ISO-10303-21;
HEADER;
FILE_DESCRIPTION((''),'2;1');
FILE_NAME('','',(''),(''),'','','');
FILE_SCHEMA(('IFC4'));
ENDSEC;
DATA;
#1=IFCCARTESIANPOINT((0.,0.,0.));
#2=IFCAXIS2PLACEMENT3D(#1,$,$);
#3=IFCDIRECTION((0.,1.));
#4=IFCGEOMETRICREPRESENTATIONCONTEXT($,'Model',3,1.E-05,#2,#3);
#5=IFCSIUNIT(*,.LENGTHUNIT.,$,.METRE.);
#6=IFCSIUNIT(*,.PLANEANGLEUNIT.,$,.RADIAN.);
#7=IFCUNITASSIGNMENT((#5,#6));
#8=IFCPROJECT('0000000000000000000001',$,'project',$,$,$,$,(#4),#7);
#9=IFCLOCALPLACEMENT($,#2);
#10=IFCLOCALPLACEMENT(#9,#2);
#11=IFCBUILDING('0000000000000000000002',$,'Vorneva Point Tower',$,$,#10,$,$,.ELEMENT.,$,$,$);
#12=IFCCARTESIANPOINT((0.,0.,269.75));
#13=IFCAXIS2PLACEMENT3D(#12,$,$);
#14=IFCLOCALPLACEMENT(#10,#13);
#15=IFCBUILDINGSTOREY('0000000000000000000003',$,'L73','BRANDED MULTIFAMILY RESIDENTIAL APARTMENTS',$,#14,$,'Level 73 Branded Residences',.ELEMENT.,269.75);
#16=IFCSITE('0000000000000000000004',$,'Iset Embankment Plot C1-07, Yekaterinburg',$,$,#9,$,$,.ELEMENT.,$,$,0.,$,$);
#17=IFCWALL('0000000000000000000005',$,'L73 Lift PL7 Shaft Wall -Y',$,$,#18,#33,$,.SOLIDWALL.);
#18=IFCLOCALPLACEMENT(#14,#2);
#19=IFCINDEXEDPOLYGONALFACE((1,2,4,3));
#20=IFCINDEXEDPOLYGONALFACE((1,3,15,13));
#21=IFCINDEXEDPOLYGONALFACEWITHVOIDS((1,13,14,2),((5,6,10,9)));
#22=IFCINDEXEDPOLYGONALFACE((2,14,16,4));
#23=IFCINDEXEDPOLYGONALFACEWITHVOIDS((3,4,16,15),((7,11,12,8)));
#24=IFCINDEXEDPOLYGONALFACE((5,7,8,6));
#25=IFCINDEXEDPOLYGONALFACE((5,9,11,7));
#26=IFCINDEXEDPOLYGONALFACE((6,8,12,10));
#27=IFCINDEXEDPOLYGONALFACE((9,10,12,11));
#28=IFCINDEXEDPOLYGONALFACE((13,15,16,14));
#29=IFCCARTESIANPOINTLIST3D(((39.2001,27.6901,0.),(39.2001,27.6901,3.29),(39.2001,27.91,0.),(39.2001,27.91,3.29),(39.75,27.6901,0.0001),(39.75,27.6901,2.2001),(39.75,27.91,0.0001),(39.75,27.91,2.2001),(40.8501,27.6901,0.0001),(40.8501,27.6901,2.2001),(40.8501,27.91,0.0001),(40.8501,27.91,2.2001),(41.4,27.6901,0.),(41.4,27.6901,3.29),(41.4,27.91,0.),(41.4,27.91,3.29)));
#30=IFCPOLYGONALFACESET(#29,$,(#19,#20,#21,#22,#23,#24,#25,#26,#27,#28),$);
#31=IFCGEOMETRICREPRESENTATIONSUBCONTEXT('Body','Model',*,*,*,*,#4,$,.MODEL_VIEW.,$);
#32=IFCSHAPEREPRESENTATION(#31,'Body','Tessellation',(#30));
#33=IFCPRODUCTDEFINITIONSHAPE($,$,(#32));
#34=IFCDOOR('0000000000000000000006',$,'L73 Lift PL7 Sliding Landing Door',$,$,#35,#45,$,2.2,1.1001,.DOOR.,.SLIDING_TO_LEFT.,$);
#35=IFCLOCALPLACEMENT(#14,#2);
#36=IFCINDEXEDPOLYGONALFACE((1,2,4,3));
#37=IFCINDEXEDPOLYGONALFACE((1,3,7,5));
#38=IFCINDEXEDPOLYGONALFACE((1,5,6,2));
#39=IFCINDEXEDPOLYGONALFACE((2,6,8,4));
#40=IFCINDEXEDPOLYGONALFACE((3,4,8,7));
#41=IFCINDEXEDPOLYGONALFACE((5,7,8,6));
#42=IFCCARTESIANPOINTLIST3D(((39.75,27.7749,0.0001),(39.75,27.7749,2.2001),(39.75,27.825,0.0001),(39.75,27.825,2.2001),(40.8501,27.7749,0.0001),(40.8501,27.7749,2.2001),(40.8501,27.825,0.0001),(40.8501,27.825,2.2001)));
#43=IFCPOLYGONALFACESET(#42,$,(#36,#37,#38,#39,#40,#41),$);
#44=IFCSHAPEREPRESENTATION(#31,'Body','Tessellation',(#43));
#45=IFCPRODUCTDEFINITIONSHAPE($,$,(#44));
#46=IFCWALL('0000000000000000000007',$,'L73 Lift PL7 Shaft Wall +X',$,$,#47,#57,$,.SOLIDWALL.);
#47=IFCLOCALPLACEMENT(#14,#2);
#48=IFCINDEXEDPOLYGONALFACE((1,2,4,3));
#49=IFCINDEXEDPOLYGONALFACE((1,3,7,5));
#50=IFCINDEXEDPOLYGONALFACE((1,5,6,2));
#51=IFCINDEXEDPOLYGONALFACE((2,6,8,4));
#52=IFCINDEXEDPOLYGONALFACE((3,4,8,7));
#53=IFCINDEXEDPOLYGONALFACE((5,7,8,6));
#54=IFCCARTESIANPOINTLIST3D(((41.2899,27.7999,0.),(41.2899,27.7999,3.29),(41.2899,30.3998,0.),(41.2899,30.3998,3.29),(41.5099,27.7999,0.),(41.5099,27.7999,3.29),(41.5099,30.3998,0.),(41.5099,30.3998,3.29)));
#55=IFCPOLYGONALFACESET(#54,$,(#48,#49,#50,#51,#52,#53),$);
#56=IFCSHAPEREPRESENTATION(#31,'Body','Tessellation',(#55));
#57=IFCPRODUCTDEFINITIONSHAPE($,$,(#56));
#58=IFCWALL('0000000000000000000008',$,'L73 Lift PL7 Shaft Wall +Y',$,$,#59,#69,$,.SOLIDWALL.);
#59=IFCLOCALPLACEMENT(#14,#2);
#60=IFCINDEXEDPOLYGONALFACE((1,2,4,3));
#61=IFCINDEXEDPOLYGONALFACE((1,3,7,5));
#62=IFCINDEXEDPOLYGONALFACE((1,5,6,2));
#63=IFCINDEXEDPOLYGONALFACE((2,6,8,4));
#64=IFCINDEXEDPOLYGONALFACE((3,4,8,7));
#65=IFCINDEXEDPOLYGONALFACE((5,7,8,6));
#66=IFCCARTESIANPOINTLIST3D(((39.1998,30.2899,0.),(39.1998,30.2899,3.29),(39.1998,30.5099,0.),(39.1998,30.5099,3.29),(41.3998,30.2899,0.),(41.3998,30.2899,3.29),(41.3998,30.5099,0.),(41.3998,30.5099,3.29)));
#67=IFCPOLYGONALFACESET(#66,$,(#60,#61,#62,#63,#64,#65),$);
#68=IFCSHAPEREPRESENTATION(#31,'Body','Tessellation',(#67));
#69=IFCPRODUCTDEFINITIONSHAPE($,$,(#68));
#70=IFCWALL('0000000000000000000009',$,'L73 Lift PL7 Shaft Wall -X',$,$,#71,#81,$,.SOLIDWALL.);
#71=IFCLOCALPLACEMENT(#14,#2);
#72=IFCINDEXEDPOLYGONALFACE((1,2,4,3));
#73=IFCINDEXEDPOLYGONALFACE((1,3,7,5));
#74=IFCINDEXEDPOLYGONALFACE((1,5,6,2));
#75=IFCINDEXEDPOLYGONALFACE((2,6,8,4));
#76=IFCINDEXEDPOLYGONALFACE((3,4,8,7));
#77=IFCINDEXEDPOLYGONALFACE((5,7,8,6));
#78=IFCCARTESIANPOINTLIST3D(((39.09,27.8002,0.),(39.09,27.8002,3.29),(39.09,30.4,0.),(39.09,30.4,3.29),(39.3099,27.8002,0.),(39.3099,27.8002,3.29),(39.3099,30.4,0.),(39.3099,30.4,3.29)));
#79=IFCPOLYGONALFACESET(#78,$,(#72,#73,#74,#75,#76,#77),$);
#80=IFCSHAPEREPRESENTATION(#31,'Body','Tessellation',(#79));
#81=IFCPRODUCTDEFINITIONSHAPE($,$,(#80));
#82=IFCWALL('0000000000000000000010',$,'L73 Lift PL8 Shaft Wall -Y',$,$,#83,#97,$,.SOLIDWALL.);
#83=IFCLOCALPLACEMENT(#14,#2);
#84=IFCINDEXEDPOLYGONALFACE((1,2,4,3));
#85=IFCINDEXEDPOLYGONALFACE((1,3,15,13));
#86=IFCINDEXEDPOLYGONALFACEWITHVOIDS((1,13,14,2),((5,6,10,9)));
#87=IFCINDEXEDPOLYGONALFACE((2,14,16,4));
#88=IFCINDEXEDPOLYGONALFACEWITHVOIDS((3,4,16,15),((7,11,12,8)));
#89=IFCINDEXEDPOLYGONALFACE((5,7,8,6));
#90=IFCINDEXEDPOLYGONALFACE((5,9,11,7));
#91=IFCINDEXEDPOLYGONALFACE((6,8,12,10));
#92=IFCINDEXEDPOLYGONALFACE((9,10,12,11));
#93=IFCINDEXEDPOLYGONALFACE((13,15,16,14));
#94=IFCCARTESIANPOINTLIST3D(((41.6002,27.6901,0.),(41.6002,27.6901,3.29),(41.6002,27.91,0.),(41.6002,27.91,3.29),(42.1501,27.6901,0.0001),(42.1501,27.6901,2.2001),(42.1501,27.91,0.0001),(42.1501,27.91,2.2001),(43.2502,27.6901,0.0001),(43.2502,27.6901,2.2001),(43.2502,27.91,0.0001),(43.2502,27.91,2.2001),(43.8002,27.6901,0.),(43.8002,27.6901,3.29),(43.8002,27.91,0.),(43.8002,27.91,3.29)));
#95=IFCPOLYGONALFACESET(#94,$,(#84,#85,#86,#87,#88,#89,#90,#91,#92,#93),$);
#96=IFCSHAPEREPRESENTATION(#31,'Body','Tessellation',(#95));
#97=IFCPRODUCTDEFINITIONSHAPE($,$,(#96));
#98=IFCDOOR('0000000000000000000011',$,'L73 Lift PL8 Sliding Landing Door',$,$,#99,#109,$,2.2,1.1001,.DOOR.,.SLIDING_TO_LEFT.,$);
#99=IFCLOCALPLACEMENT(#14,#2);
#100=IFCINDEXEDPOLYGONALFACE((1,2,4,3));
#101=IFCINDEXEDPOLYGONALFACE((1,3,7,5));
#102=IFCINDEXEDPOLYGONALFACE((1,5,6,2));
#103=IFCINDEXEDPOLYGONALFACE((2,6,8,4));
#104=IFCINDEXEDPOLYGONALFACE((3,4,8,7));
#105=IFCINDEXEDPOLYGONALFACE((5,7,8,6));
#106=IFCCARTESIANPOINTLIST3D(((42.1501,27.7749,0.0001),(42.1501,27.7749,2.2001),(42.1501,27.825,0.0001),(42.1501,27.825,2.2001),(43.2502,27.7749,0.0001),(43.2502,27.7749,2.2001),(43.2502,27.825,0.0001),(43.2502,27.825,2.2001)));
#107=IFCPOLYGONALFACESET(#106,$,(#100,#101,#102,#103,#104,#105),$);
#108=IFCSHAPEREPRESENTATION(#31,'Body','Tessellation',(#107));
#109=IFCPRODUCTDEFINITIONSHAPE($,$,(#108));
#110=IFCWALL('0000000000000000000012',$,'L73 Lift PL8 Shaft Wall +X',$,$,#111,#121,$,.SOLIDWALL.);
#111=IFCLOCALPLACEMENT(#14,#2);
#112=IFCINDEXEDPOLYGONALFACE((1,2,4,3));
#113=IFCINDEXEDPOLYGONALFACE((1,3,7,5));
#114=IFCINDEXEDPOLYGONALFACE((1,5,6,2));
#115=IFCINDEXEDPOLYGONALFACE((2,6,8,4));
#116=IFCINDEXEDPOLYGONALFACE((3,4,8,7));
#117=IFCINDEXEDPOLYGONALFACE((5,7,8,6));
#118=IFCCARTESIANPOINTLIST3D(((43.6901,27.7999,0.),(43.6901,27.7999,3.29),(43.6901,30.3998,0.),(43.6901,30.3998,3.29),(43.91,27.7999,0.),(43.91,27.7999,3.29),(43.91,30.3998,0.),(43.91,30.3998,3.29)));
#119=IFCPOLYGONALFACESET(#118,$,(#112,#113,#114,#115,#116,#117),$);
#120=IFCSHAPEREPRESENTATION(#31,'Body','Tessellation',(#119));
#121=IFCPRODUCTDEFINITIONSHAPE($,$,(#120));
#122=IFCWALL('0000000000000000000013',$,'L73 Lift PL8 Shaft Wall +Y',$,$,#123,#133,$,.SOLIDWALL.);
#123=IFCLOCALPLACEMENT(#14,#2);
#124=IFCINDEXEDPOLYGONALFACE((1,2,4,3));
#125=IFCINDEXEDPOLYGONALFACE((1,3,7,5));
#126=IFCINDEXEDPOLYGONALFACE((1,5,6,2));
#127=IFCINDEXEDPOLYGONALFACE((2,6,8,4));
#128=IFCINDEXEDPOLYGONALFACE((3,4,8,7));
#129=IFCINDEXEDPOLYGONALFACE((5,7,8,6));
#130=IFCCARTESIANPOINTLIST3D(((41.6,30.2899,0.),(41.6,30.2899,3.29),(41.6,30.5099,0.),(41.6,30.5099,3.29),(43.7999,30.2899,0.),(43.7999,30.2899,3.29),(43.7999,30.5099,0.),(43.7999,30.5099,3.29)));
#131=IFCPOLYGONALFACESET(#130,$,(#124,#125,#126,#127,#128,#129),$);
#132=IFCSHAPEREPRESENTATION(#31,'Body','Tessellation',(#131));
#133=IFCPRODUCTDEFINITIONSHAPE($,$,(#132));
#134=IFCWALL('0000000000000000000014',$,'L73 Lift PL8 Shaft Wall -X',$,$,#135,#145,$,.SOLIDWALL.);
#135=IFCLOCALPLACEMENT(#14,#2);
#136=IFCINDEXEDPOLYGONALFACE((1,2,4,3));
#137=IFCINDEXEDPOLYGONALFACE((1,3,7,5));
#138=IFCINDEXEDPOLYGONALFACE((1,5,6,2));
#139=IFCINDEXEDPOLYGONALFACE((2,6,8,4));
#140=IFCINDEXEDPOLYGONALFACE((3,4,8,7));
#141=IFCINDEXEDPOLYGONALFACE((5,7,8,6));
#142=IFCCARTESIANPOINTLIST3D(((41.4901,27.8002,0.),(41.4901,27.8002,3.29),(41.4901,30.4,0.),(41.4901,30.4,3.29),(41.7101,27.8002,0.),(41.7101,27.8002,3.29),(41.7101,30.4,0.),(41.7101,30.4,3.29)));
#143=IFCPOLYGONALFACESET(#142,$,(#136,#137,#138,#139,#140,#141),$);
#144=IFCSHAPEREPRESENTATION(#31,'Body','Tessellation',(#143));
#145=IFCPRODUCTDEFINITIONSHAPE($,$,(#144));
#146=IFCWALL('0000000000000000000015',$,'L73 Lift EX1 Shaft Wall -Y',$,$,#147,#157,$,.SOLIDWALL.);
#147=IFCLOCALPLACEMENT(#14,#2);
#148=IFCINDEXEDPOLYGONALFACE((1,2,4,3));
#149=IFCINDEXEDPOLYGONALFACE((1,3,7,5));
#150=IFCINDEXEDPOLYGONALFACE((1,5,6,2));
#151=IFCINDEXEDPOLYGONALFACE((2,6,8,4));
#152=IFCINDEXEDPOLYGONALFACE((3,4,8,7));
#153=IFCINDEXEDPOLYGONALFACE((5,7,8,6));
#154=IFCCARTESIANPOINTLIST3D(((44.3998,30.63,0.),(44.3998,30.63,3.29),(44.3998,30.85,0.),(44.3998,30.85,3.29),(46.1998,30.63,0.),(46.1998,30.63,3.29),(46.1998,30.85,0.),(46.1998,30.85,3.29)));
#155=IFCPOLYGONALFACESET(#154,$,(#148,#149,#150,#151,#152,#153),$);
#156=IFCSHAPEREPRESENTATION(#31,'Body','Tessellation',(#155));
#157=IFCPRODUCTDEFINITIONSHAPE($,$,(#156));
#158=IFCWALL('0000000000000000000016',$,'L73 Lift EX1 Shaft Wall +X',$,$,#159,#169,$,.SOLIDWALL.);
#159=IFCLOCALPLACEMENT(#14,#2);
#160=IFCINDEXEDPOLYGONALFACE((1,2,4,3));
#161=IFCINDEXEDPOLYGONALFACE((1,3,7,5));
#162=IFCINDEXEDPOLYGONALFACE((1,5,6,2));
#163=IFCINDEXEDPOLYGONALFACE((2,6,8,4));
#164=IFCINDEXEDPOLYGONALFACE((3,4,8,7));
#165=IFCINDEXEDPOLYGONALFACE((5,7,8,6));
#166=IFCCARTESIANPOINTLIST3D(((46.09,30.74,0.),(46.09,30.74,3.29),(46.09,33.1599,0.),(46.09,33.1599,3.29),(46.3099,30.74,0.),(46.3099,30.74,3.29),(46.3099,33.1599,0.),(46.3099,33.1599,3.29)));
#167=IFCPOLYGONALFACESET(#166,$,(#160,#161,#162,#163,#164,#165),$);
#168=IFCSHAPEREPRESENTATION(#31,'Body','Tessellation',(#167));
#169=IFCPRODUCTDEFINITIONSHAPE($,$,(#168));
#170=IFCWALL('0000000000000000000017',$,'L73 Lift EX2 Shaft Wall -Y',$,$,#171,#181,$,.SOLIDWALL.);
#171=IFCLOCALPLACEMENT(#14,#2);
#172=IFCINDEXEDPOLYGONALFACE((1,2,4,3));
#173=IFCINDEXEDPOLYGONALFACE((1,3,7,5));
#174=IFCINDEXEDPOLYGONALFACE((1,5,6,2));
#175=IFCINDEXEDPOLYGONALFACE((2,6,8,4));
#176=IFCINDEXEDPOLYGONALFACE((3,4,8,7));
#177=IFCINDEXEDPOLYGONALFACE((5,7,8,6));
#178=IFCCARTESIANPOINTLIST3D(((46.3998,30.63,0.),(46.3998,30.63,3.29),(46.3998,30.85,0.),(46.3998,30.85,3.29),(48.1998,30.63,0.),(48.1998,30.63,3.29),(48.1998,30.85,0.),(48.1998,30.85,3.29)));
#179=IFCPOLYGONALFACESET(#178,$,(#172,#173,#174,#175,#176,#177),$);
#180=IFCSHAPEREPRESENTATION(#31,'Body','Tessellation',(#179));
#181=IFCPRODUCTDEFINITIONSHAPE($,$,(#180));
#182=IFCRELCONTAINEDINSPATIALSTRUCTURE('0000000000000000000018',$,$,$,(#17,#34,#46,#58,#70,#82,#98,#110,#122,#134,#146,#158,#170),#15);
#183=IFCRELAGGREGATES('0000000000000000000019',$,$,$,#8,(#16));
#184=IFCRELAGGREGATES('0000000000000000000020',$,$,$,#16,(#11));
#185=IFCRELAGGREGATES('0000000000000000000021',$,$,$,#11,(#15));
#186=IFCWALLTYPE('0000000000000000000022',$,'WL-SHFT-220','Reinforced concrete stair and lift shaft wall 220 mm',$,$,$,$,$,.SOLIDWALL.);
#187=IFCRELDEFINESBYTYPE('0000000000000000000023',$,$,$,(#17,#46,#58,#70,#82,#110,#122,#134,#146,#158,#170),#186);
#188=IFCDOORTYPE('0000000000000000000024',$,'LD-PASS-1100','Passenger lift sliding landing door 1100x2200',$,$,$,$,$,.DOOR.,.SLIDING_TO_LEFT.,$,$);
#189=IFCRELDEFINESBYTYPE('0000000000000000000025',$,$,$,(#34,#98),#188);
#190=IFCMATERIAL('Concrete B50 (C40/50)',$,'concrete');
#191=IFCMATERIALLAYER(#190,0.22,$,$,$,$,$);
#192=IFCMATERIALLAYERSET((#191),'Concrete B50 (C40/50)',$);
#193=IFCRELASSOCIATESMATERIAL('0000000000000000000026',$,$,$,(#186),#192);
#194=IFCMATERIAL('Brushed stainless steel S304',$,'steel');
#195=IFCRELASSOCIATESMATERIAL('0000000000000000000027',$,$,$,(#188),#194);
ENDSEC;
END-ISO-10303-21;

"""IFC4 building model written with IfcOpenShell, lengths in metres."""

from ifc_helpers import new_model, si_unit, direction, frame, frame_2d, origin, place, context, subcontext, project, spatial, rectangle, extrude, material, layer, layer_set, type_object, element, fill, save


model = new_model("IFC4")

# Units and contexts
model_context = context("Model", 3, precision=1e-05, world=origin(), true_north=direction((0.0, 1.0)))
body_context = subcontext(model_context, "Body", "Model", "MODEL_VIEW")
ifc_project = project(units=[si_unit("LENGTHUNIT", "METRE"), si_unit("PLANEANGLEUNIT", "RADIAN")], contexts=[model_context])

# Site, building, storey
site_placement = place(None, origin())
site = spatial("IfcSite", under=ifc_project, at=site_placement, Name="Iset Embankment Plot C1-07, Yekaterinburg", CompositionType="ELEMENT", RefElevation=0.0)
building_placement = place(site_placement, origin())
building = spatial("IfcBuilding", under=site, at=building_placement, Name="Vorneva Point Tower", CompositionType="ELEMENT")
storey_placement = place(building_placement, frame((0.0, 0.0, 269.75)))
storey = spatial("IfcBuildingStorey", under=building, at=storey_placement, Name="L73", Description="BRANDED MULTIFAMILY RESIDENTIAL APARTMENTS", LongName="Level 73 Branded Residences", CompositionType="ELEMENT", Elevation=269.75)

# Shared definitions
ifc_material_1 = material(Name="Concrete B50 (C40/50)", Category="concrete")

# Shared definitions
ifc_material_2 = material(Name="Brushed stainless steel S304", Category="steel")

# Wall, opening, door
ifc_layer_1 = layer(ifc_material_1, 0.22)
ifc_layer_set_1 = layer_set([ifc_layer_1], Name="Concrete B50 (C40/50)")
wall_type_1 = type_object("IfcWallType", Name="WL-SHFT-220", Description="Reinforced concrete stair and lift shaft wall 220 mm", PredefinedType="SOLIDWALL", material=ifc_layer_set_1)
wall_1_placement = place(storey_placement, frame((39.2, 27.8, 0.0), z_axis=(0.0, 0.0, 1.0), x_axis=(1.0, 0.0, 0.0)))
wall_1 = element("IfcWall", 1, at=wall_1_placement, inside=storey, type_object=wall_type_1, Name="L73 Lift PL7 Shaft Wall -Y", PredefinedType="SOLIDWALL", context=body_context, shape_type="SweptSolid", body=[
    extrude(rectangle(XDim=2.2, YDim=0.22, at=frame_2d((1.1001, 0.0))), origin(), (0.0, 0.0, 1.0), 3.29),
])
opening_1_placement = place(wall_1_placement, frame((0.55, 0.0, 0.0)))
opening_1 = element("IfcOpeningElement", 2, at=opening_1_placement, cuts=wall_1, PredefinedType="OPENING", context=body_context, shape_type="SweptSolid", body=[
    extrude(rectangle(XDim=1.1001, YDim=2.2, at=frame_2d((0.55, 1.1001))), frame((0.0, 0.125, 0.0), z_axis=(0.0, -1.0, 0.0), x_axis=(1.0, 0.0, 0.0)), (0.0, 0.0, 1.0), 0.2498),
])
door_type_1 = type_object("IfcDoorType", Name="LD-PASS-1100", Description="Passenger lift sliding landing door 1100x2200", OperationType="SLIDING_TO_LEFT", PredefinedType="DOOR", material=ifc_material_2)
door_1_placement = place(opening_1_placement, origin())
door_1 = element("IfcDoor", 3, at=door_1_placement, inside=storey, type_object=door_type_1, Name="L73 Lift PL7 Sliding Landing Door", OperationType="SLIDING_TO_LEFT", OverallHeight=2.2, OverallWidth=1.1001, PredefinedType="DOOR", context=body_context, shape_type="SweptSolid", body=[
    extrude(rectangle(XDim=1.1001, YDim=2.2, at=frame_2d((0.55, 1.1001))), frame((0.0, 0.0249, 0.0), z_axis=(0.0, -1.0, 0.0), x_axis=(1.0, 0.0, 0.0)), (0.0, 0.0, 1.0), 0.05),
])
fill(opening_1, door_1)

# Walls
wall_2_placement = place(storey_placement, frame((41.3999, 27.8, 0.0), z_axis=(0.0, 0.0, 1.0), x_axis=(0.0, 1.0, 0.0)))
element("IfcWall", 4, at=wall_2_placement, inside=storey, type_object=wall_type_1, Name="L73 Lift PL7 Shaft Wall +X", PredefinedType="SOLIDWALL", context=body_context, shape_type="SweptSolid", body=[
    extrude(rectangle(XDim=2.5999, YDim=0.22, at=frame_2d((1.2998, 0.0))), origin(), (0.0, 0.0, 1.0), 3.29),
])
wall_3_placement = place(storey_placement, frame((41.3999, 30.3999, 0.0), z_axis=(0.0, 0.0, 1.0), x_axis=(-1.0, 0.0, 0.0)))
element("IfcWall", 5, at=wall_3_placement, inside=storey, type_object=wall_type_1, Name="L73 Lift PL7 Shaft Wall +Y", PredefinedType="SOLIDWALL", context=body_context, shape_type="SweptSolid", body=[
    extrude(rectangle(XDim=2.2, YDim=0.22, at=frame_2d((1.1001, 0.0))), origin(), (0.0, 0.0, 1.0), 3.29),
])
wall_4_placement = place(storey_placement, frame((39.2, 30.3999, 0.0), z_axis=(0.0, 0.0, 1.0), x_axis=(0.0, -1.0, 0.0)))
element("IfcWall", 6, at=wall_4_placement, inside=storey, type_object=wall_type_1, Name="L73 Lift PL7 Shaft Wall -X", PredefinedType="SOLIDWALL", context=body_context, shape_type="SweptSolid", body=[
    extrude(rectangle(XDim=2.5999, YDim=0.22, at=frame_2d((1.2998, 0.0))), origin(), (0.0, 0.0, 1.0), 3.29),
])

# Wall, opening, door
wall_5_placement = place(storey_placement, frame((41.6001, 27.8, 0.0), z_axis=(0.0, 0.0, 1.0), x_axis=(1.0, 0.0, 0.0)))
wall_5 = element("IfcWall", 7, at=wall_5_placement, inside=storey, type_object=wall_type_1, Name="L73 Lift PL8 Shaft Wall -Y", PredefinedType="SOLIDWALL", context=body_context, shape_type="SweptSolid", body=[
    extrude(rectangle(XDim=2.2, YDim=0.22, at=frame_2d((1.1001, 0.0))), origin(), (0.0, 0.0, 1.0), 3.29),
])
opening_2_placement = place(wall_5_placement, frame((0.55, 0.0, 0.0)))
opening_2 = element("IfcOpeningElement", 8, at=opening_2_placement, cuts=wall_5, PredefinedType="OPENING", context=body_context, shape_type="SweptSolid", body=[
    extrude(rectangle(XDim=1.1001, YDim=2.2, at=frame_2d((0.55, 1.1001))), frame((0.0, 0.125, 0.0), z_axis=(0.0, -1.0, 0.0), x_axis=(1.0, 0.0, 0.0)), (0.0, 0.0, 1.0), 0.2498),
])
door_2_placement = place(opening_2_placement, origin())
door_2 = element("IfcDoor", 9, at=door_2_placement, inside=storey, type_object=door_type_1, Name="L73 Lift PL8 Sliding Landing Door", OperationType="SLIDING_TO_LEFT", OverallHeight=2.2, OverallWidth=1.1001, PredefinedType="DOOR", context=body_context, shape_type="SweptSolid", body=[
    extrude(rectangle(XDim=1.1001, YDim=2.2, at=frame_2d((0.55, 1.1001))), frame((0.0, 0.0249, 0.0), z_axis=(0.0, -1.0, 0.0), x_axis=(1.0, 0.0, 0.0)), (0.0, 0.0, 1.0), 0.05),
])
fill(opening_2, door_2)

# Walls
wall_6_placement = place(storey_placement, frame((43.8, 27.8, 0.0), z_axis=(0.0, 0.0, 1.0), x_axis=(0.0, 1.0, 0.0)))
element("IfcWall", 10, at=wall_6_placement, inside=storey, type_object=wall_type_1, Name="L73 Lift PL8 Shaft Wall +X", PredefinedType="SOLIDWALL", context=body_context, shape_type="SweptSolid", body=[
    extrude(rectangle(XDim=2.5999, YDim=0.22, at=frame_2d((1.2998, 0.0))), origin(), (0.0, 0.0, 1.0), 3.29),
])
wall_7_placement = place(storey_placement, frame((43.8, 30.3999, 0.0), z_axis=(0.0, 0.0, 1.0), x_axis=(-1.0, 0.0, 0.0)))
element("IfcWall", 11, at=wall_7_placement, inside=storey, type_object=wall_type_1, Name="L73 Lift PL8 Shaft Wall +Y", PredefinedType="SOLIDWALL", context=body_context, shape_type="SweptSolid", body=[
    extrude(rectangle(XDim=2.2, YDim=0.22, at=frame_2d((1.1001, 0.0))), origin(), (0.0, 0.0, 1.0), 3.29),
])
wall_8_placement = place(storey_placement, frame((41.6001, 30.3999, 0.0), z_axis=(0.0, 0.0, 1.0), x_axis=(0.0, -1.0, 0.0)))
element("IfcWall", 12, at=wall_8_placement, inside=storey, type_object=wall_type_1, Name="L73 Lift PL8 Shaft Wall -X", PredefinedType="SOLIDWALL", context=body_context, shape_type="SweptSolid", body=[
    extrude(rectangle(XDim=2.5999, YDim=0.22, at=frame_2d((1.2998, 0.0))), origin(), (0.0, 0.0, 1.0), 3.29),
])
wall_9_placement = place(storey_placement, frame((44.3999, 30.74, 0.0), z_axis=(0.0, 0.0, 1.0), x_axis=(1.0, 0.0, 0.0)))
element("IfcWall", 13, at=wall_9_placement, inside=storey, type_object=wall_type_1, Name="L73 Lift EX1 Shaft Wall -Y", PredefinedType="SOLIDWALL", context=body_context, shape_type="SweptSolid", body=[
    extrude(rectangle(XDim=1.8, YDim=0.22, at=frame_2d((0.8999, 0.0))), origin(), (0.0, 0.0, 1.0), 3.29),
])
wall_10_placement = place(storey_placement, frame((46.2, 30.74, 0.0), z_axis=(0.0, 0.0, 1.0), x_axis=(0.0, 1.0, 0.0)))
element("IfcWall", 14, at=wall_10_placement, inside=storey, type_object=wall_type_1, Name="L73 Lift EX1 Shaft Wall +X", PredefinedType="SOLIDWALL", context=body_context, shape_type="SweptSolid", body=[
    extrude(rectangle(XDim=2.4199, YDim=0.22, at=frame_2d((1.21, 0.0))), origin(), (0.0, 0.0, 1.0), 3.29),
])
wall_11_placement = place(storey_placement, frame((46.3999, 30.74, 0.0), z_axis=(0.0, 0.0, 1.0), x_axis=(1.0, 0.0, 0.0)))
element("IfcWall", 15, at=wall_11_placement, inside=storey, type_object=wall_type_1, Name="L73 Lift EX2 Shaft Wall -Y", PredefinedType="SOLIDWALL", context=body_context, shape_type="SweptSolid", body=[
    extrude(rectangle(XDim=1.8, YDim=0.22, at=frame_2d((0.8999, 0.0))), origin(), (0.0, 0.0, 1.0), 3.29),
])

save(model, "model.ifc")
